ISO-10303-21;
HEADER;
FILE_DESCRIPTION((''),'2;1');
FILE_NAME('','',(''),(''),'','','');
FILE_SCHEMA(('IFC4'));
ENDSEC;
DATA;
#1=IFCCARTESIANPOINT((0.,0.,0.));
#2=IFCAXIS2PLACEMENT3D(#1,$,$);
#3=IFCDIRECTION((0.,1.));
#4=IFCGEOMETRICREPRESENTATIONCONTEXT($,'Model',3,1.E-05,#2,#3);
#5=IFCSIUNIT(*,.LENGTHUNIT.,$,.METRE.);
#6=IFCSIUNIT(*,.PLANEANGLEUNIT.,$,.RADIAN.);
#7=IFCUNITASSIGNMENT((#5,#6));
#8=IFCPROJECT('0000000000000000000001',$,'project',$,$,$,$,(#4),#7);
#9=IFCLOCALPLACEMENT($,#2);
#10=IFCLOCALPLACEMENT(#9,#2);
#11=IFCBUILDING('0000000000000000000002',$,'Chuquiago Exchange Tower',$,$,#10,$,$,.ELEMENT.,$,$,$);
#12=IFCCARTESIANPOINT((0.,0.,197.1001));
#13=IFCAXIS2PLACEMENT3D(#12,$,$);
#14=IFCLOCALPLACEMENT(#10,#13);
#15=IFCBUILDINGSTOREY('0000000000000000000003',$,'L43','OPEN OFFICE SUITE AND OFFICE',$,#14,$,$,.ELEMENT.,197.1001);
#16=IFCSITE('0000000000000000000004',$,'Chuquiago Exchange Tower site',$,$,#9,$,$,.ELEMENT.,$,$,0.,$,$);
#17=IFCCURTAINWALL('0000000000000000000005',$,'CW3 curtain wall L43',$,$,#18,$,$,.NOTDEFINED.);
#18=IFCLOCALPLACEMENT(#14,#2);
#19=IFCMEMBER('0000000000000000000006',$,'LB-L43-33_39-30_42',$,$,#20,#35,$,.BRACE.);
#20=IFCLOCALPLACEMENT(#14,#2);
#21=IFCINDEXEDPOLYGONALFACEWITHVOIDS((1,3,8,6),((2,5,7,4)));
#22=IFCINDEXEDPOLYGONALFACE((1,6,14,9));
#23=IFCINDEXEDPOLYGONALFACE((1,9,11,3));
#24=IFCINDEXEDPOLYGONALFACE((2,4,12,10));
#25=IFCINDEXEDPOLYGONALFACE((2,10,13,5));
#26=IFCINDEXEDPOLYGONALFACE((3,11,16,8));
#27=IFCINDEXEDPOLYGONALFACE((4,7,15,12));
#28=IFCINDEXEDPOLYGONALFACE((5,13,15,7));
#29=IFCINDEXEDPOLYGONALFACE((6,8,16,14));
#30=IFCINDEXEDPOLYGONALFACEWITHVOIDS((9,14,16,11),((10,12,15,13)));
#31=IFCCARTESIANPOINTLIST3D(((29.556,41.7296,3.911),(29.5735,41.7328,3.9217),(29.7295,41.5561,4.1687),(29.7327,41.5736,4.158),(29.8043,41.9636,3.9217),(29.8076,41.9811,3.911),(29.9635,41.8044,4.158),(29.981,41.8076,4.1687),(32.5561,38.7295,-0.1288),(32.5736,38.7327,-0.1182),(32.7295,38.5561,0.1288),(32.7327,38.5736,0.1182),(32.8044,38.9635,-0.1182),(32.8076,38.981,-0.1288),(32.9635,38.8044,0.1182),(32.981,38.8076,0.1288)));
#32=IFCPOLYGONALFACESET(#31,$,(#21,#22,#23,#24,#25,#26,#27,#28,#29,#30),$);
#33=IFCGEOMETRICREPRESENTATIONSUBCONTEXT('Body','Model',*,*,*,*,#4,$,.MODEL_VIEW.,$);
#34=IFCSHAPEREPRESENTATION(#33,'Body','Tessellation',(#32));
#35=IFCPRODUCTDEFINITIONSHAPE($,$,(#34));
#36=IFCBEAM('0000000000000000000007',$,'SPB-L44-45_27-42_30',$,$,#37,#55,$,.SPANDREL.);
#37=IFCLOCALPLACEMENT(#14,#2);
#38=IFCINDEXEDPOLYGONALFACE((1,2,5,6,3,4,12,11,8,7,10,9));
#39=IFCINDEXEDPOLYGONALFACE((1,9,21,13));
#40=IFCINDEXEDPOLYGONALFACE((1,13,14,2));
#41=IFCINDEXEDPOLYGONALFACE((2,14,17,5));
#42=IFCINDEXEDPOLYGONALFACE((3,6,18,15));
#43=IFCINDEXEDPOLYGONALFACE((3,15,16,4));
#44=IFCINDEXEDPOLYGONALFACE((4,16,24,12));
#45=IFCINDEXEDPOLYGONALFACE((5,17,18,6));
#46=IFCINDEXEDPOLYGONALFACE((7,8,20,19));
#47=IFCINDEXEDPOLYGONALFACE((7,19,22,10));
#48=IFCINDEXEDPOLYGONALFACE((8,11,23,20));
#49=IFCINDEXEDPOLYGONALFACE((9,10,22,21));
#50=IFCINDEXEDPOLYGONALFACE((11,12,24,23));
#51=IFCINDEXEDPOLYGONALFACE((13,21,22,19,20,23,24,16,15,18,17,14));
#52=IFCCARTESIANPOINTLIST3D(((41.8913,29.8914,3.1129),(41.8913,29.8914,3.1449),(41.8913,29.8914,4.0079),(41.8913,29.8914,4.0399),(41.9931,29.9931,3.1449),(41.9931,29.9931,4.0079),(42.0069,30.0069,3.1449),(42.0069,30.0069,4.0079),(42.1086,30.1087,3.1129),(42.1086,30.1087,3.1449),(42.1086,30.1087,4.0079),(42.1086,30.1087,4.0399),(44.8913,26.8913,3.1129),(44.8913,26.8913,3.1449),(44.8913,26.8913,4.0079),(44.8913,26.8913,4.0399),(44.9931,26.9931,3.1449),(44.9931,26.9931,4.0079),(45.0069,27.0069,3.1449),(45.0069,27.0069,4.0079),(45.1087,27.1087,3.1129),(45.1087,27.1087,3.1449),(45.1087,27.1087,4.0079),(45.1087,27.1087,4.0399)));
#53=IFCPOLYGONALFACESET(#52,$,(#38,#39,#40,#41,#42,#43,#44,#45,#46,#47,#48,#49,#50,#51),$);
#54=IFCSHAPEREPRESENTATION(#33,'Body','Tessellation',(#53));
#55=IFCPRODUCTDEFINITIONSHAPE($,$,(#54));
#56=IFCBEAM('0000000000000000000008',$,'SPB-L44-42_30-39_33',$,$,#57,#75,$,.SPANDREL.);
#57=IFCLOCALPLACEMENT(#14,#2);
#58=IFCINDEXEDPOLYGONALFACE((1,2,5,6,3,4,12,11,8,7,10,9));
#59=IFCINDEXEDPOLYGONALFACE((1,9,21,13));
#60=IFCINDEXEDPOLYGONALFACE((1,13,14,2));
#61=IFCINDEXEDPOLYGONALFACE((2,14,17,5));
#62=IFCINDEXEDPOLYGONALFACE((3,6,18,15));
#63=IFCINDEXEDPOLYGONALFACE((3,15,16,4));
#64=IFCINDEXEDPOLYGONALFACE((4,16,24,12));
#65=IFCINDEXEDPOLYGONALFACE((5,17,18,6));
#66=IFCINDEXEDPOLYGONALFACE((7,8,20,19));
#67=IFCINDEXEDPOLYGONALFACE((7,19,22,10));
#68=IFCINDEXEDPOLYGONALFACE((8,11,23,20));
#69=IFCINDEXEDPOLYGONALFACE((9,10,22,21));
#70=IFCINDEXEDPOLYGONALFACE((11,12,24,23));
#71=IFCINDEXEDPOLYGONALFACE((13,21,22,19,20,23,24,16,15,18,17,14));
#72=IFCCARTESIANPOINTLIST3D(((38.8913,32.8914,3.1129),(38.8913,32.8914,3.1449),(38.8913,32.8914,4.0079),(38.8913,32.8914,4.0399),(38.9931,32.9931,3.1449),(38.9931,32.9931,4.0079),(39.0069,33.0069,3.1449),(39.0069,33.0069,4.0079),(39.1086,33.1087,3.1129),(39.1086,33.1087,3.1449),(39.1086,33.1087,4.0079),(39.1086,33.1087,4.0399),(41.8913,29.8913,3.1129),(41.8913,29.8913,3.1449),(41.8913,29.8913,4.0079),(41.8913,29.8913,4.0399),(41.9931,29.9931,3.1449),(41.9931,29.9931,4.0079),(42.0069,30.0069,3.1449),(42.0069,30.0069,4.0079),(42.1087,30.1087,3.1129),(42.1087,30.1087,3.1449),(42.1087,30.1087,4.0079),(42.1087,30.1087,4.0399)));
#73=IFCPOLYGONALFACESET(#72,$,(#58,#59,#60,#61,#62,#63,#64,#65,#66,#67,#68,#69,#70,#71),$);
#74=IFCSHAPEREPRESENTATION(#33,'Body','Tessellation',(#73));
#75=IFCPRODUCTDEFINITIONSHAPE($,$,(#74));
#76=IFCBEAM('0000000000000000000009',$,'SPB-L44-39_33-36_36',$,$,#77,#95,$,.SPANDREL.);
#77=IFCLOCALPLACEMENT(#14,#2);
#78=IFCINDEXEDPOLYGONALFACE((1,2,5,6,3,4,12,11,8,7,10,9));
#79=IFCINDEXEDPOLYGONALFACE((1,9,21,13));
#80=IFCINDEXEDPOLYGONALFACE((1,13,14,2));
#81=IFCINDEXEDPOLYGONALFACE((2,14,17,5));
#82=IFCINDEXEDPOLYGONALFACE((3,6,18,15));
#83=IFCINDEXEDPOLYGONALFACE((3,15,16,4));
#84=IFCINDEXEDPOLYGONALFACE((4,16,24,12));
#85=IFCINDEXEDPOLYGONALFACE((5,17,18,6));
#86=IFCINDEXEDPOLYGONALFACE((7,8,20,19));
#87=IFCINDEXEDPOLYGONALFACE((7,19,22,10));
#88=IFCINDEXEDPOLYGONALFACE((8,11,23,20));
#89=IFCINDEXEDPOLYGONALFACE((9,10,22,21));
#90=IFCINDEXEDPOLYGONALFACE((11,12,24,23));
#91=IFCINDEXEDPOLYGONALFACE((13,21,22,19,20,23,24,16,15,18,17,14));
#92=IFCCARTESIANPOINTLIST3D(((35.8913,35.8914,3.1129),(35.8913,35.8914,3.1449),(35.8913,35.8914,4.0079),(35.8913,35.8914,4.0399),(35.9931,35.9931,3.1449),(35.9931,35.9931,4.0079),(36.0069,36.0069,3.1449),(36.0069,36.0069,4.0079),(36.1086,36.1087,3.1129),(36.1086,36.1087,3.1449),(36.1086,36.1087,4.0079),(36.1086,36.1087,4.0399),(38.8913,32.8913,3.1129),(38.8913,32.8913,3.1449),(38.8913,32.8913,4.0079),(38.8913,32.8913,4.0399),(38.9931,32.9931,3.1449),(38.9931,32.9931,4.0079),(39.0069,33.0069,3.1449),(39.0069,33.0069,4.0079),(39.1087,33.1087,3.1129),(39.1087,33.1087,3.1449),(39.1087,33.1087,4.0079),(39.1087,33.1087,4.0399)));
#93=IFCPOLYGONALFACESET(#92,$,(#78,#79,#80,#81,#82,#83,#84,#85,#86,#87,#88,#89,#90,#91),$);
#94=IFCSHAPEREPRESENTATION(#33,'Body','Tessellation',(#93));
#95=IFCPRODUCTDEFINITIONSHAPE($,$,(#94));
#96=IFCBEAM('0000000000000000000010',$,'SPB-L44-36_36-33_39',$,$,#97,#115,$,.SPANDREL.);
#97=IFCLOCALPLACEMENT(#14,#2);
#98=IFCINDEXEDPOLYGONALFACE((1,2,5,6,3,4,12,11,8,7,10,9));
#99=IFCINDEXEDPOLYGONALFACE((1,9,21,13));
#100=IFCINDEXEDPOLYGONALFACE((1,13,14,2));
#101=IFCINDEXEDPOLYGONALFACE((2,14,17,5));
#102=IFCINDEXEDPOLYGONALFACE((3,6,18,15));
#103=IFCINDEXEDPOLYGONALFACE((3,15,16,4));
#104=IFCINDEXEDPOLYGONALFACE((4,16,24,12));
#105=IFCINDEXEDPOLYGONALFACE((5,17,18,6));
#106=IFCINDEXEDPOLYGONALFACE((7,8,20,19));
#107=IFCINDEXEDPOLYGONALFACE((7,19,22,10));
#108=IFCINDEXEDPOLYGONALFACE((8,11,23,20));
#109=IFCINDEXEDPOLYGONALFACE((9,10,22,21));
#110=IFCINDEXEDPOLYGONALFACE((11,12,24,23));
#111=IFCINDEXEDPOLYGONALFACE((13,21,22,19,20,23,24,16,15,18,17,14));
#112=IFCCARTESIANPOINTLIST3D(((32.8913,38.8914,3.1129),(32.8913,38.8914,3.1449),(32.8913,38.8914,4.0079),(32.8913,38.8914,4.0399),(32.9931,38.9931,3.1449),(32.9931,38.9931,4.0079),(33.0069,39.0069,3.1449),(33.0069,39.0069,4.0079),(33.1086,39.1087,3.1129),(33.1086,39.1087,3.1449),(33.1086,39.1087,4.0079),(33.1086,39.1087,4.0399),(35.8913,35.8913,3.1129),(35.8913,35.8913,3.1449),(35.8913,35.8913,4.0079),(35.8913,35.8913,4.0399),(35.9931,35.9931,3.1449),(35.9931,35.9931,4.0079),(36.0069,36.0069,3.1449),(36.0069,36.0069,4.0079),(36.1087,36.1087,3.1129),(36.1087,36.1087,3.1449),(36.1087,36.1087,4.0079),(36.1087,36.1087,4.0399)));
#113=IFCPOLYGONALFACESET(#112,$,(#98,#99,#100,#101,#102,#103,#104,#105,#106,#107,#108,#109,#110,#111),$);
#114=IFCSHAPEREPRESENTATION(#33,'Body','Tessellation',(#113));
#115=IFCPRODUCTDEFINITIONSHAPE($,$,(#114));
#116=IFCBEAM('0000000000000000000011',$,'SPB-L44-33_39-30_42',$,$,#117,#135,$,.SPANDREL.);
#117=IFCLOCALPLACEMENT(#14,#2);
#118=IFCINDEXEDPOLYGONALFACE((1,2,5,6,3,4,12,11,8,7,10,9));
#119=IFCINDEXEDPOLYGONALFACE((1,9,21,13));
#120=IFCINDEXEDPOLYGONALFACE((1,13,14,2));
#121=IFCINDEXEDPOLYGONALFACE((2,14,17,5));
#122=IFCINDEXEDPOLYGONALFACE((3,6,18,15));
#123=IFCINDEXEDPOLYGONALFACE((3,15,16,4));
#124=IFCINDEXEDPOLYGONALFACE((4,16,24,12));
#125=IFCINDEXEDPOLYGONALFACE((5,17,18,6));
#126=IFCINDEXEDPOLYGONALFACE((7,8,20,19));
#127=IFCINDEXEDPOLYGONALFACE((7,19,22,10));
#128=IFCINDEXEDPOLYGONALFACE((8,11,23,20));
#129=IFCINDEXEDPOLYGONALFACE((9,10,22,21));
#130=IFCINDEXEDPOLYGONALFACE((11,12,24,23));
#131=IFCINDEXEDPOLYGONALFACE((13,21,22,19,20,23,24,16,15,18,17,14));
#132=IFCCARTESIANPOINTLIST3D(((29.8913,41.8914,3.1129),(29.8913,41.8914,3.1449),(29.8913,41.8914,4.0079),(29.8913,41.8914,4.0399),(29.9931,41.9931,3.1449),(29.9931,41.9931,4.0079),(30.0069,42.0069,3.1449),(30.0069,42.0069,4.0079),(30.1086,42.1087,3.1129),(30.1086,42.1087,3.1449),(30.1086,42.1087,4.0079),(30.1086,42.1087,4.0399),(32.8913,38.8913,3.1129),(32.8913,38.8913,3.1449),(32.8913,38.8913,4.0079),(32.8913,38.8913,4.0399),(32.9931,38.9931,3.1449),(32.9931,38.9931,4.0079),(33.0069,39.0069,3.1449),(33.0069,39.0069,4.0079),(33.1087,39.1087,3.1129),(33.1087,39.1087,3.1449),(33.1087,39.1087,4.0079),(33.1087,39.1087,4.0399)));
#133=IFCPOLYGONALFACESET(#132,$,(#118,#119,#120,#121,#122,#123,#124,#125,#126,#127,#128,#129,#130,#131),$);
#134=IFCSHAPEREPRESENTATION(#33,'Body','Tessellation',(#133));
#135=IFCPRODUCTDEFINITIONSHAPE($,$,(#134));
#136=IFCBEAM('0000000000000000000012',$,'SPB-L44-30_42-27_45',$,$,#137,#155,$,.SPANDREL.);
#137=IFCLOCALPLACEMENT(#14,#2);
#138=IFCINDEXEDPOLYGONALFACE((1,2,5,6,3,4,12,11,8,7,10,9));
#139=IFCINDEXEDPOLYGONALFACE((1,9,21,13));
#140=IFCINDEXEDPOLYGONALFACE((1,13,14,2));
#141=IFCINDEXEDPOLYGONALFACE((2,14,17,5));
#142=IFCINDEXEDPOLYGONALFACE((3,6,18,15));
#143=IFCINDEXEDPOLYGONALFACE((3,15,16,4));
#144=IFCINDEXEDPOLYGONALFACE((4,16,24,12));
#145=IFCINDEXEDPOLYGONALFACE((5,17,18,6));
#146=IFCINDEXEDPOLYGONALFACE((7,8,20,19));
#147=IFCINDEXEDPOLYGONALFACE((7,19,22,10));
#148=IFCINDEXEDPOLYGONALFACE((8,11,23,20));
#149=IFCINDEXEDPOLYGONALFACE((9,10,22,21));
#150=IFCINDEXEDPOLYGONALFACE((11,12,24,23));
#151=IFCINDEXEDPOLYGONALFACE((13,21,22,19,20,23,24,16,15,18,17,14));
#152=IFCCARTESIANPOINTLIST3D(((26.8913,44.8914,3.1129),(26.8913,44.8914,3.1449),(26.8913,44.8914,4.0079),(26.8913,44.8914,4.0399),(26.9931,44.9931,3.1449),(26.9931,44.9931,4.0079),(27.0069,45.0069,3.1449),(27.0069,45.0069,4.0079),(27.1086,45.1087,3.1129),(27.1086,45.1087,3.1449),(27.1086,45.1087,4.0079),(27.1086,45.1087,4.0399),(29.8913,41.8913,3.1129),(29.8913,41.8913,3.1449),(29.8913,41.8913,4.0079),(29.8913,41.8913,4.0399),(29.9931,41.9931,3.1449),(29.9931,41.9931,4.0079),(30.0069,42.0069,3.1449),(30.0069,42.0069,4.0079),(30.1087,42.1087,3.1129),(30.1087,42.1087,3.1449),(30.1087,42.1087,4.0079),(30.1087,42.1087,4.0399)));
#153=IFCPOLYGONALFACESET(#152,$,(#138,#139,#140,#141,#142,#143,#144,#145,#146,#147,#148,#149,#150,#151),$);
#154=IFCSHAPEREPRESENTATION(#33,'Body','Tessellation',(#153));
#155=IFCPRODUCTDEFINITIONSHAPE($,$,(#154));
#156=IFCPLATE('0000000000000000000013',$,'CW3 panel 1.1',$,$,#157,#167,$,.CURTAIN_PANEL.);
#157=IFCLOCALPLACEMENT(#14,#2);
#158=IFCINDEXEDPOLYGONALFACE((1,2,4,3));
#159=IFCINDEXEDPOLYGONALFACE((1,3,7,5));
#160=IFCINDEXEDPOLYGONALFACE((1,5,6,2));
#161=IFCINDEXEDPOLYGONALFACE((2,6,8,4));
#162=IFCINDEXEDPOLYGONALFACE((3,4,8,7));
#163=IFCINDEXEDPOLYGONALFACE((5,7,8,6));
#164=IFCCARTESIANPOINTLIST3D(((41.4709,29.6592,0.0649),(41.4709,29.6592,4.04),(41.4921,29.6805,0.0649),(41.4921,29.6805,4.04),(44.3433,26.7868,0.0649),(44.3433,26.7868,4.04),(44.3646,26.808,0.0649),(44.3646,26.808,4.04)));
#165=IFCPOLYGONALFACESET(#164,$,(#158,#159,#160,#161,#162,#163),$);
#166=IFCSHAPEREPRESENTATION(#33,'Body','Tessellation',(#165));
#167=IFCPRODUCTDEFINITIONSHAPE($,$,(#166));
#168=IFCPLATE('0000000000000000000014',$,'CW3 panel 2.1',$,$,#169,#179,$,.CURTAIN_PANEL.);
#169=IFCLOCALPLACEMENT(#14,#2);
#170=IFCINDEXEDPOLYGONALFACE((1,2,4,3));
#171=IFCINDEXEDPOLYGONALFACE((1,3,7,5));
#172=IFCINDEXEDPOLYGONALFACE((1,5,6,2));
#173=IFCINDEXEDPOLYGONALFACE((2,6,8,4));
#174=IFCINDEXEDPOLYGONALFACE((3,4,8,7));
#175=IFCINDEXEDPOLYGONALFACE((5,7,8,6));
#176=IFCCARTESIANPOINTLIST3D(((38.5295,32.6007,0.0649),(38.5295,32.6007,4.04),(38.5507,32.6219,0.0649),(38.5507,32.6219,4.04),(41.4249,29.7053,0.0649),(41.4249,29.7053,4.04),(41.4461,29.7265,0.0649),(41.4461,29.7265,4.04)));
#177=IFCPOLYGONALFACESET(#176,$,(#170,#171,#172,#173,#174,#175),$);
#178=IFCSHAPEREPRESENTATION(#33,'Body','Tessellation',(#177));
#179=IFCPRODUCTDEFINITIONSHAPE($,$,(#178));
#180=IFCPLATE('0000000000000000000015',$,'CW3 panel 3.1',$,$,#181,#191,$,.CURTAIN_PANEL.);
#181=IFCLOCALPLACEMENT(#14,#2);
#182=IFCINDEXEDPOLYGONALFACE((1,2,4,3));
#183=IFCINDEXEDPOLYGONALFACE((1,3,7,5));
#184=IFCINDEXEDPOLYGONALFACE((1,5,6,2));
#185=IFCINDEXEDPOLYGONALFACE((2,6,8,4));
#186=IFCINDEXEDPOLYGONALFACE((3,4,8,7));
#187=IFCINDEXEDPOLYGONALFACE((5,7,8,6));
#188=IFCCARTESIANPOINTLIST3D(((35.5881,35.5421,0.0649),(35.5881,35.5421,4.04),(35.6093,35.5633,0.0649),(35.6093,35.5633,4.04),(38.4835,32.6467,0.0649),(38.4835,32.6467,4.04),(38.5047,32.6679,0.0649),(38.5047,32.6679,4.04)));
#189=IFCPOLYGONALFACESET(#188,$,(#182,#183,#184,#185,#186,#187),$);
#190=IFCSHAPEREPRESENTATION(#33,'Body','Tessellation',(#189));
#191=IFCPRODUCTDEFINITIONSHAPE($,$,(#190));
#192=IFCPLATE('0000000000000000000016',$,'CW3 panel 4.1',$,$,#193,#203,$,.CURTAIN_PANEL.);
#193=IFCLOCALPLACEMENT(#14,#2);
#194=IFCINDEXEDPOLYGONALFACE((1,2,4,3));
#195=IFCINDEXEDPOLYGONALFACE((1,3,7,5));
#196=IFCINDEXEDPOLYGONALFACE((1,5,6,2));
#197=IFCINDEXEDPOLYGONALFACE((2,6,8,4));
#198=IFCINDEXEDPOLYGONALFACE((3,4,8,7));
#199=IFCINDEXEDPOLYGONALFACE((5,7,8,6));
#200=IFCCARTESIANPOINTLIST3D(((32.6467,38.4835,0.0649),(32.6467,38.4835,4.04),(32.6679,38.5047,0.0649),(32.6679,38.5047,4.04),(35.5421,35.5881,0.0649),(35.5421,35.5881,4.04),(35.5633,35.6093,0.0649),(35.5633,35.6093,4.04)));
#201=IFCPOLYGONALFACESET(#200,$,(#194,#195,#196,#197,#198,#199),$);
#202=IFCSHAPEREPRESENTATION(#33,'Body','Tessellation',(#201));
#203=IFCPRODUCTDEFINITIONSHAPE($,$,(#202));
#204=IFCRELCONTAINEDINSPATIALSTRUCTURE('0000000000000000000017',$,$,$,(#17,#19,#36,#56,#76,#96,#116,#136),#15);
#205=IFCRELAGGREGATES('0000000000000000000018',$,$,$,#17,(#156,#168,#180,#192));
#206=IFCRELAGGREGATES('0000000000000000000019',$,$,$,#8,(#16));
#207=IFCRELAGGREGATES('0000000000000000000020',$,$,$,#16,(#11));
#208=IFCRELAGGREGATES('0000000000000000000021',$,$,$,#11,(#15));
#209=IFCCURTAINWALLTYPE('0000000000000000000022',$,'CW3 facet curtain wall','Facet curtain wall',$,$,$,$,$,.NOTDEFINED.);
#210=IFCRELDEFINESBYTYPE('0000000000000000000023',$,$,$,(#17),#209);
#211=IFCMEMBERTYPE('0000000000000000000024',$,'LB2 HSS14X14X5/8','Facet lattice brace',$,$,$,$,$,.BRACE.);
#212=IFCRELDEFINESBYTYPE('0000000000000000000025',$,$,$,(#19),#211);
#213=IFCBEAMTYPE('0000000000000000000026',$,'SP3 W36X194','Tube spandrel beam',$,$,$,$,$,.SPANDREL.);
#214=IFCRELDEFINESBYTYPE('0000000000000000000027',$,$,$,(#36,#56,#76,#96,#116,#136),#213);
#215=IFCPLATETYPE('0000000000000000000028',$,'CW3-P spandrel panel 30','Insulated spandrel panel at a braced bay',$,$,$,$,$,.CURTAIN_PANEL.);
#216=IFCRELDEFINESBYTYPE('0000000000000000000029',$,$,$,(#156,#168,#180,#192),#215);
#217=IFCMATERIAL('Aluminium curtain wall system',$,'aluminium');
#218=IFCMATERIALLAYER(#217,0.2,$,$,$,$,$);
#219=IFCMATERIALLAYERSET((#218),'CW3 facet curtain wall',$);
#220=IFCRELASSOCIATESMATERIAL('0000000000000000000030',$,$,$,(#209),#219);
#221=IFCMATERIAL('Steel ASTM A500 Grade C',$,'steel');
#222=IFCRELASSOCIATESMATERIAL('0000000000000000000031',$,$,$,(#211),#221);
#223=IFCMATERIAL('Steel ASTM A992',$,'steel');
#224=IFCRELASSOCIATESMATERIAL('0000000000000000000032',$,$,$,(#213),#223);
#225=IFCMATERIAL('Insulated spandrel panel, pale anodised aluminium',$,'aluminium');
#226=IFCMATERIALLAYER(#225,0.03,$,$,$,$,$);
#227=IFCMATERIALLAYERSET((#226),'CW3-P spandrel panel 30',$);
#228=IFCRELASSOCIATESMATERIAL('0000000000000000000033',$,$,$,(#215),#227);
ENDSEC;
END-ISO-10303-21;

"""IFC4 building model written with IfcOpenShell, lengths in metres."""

from ifc_helpers import new_model, si_unit, direction, frame, origin, origin_2d, place, context, subcontext, project, spatial, rectangle, hollow_rectangle, i_section, extrude, material, layer, layer_set, material_profile, profile_set, type_object, element, aggregate, save


model = new_model("IFC4")

# Units and contexts
model_context = context("Model", 3, precision=1e-05, world=origin(), true_north=direction((0.0, 1.0)))
body_context = subcontext(model_context, "Body", "Model", "MODEL_VIEW")
ifc_project = project(units=[si_unit("LENGTHUNIT", "METRE"), si_unit("PLANEANGLEUNIT", "RADIAN")], contexts=[model_context])

# Site, building, storey
site_placement = place(None, origin())
site = spatial("IfcSite", under=ifc_project, at=site_placement, Name="Chuquiago Exchange Tower site", CompositionType="ELEMENT", RefElevation=0.0)
building_placement = place(site_placement, origin())
building = spatial("IfcBuilding", under=site, at=building_placement, Name="Chuquiago Exchange Tower", CompositionType="ELEMENT")
storey_placement = place(building_placement, frame((0.0, 0.0, 197.1001)))
storey = spatial("IfcBuildingStorey", under=building, at=storey_placement, Name="L43", Description="OPEN OFFICE SUITE AND OFFICE", CompositionType="ELEMENT", Elevation=197.1001)

# Curtain wall
ifc_material_1 = material(Name="Aluminium curtain wall system", Category="aluminium")
ifc_layer_1 = layer(ifc_material_1, 0.2)
ifc_layer_set_1 = layer_set([ifc_layer_1], Name="CW3 facet curtain wall")
curtain_wall_type = type_object("IfcCurtainWallType", Name="CW3 facet curtain wall", Description="Facet curtain wall", PredefinedType="NOTDEFINED", material=ifc_layer_set_1)
curtain_wall_placement = place(storey_placement, origin())
curtain_wall = element("IfcCurtainWall", 1, at=curtain_wall_placement, inside=storey, type_object=curtain_wall_type, Name="CW3 curtain wall L43", PredefinedType="NOTDEFINED")

# Member
ifc_material_2 = material(Name="Steel ASTM A500 Grade C", Category="steel")
ifc_material_profile_1 = material_profile(ifc_material_2, hollow_rectangle(XDim=0.3557, YDim=0.3557, WallThickness=0.0146, at=origin_2d()), Name="HSS14X14X5/8")
ifc_profile_set_1 = profile_set([ifc_material_profile_1], Name="Steel ASTM A500 Grade C")
member_type_1 = type_object("IfcMemberType", Name="LB2 HSS14X14X5/8", Description="Facet lattice brace", PredefinedType="BRACE", material=ifc_profile_set_1)
for number, where, z_axis, x_axis, name in (
    (2, (32.7686, 38.7686, 0.0), (-0.512092, 0.512092, 0.689582), (-0.707107, -0.707107, 0.0), "LB-L43-33_39-30_42"),
):
    element("IfcMember", number, at=place(storey_placement, frame(where, z_axis=z_axis, x_axis=x_axis)), inside=storey, type_object=member_type_1, Name=name, PredefinedType="BRACE", context=body_context, shape_type="SweptSolid", body=[
        extrude(hollow_rectangle(XDim=0.3557, YDim=0.3557, WallThickness=0.0146, at=origin_2d()), origin(), (0.0, 0.0, 1.0), 5.8584),
    ])

# Beams
ifc_material_3 = material(Name="Steel ASTM A992", Category="steel")
ifc_material_profile_2 = material_profile(ifc_material_3, i_section(OverallWidth=0.3074, OverallDepth=0.927, WebThickness=0.0195, FlangeThickness=0.032, at=origin_2d()), Name="W36X194")
ifc_profile_set_2 = profile_set([ifc_material_profile_2], Name="Steel ASTM A992")
beam_type_1 = type_object("IfcBeamType", Name="SP3 W36X194", Description="Tube spandrel beam", PredefinedType="SPANDREL", material=ifc_profile_set_2)
for number, where, z_axis, x_axis, name in (
    (3, (45.0, 27.0, 3.5764), (-0.707107, 0.707107, 0.0), (-0.707107, -0.707107, 0.0), "SPB-L44-45_27-42_30"),
    (4, (42.0, 30.0, 3.5764), (-0.707107, 0.707107, 0.0), (-0.707107, -0.707107, 0.0), "SPB-L44-42_30-39_33"),
    (5, (39.0, 33.0, 3.5764), (-0.707107, 0.707107, 0.0), (-0.707107, -0.707107, 0.0), "SPB-L44-39_33-36_36"),
    (6, (36.0, 36.0, 3.5764), (-0.707107, 0.707107, 0.0), (-0.707107, -0.707107, 0.0), "SPB-L44-36_36-33_39"),
    (7, (33.0, 39.0, 3.5764), (-0.707107, 0.707107, 0.0), (-0.707107, -0.707107, 0.0), "SPB-L44-33_39-30_42"),
    (8, (30.0, 42.0, 3.5764), (-0.707107, 0.707107, 0.0), (-0.707107, -0.707107, 0.0), "SPB-L44-30_42-27_45"),
):
    element("IfcBeam", number, at=place(storey_placement, frame(where, z_axis=z_axis, x_axis=x_axis)), inside=storey, type_object=beam_type_1, Name=name, PredefinedType="SPANDREL", context=body_context, shape_type="SweptSolid", body=[
        extrude(i_section(OverallWidth=0.3074, OverallDepth=0.927, WebThickness=0.0195, FlangeThickness=0.032, at=origin_2d()), origin(), (0.0, 0.0, 1.0), 4.2427),
    ])

# Plates
ifc_material_4 = material(Name="Insulated spandrel panel, pale anodised aluminium", Category="aluminium")
ifc_layer_2 = layer(ifc_material_4, 0.03)
ifc_layer_set_2 = layer_set([ifc_layer_2], Name="CW3-P spandrel panel 30")
plate_type = type_object("IfcPlateType", Name="CW3-P spandrel panel 30", Description="Insulated spandrel panel at a braced bay", PredefinedType="CURTAIN_PANEL", material=ifc_layer_set_2)
plate_1_placement = place(storey_placement, frame((42.9177, 28.2336, 0.0649), z_axis=(0.0, 0.0, 1.0), x_axis=(-0.707107, 0.707107, 0.0)))
plate_1 = element("IfcPlate", 9, at=plate_1_placement, type_object=plate_type, Name="CW3 panel 1.1", PredefinedType="CURTAIN_PANEL", context=body_context, shape_type="SweptSolid", body=[
    extrude(rectangle(XDim=4.0623, YDim=0.03, at=origin_2d()), origin(), (0.0, 0.0, 1.0), 3.9751),
])
plate_2_placement = place(storey_placement, frame((39.9878, 31.1636, 0.0649), z_axis=(0.0, 0.0, 1.0), x_axis=(-0.707107, 0.707107, 0.0)))
plate_2 = element("IfcPlate", 10, at=plate_2_placement, type_object=plate_type, Name="CW3 panel 2.1", PredefinedType="CURTAIN_PANEL", context=body_context, shape_type="SweptSolid", body=[
    extrude(rectangle(XDim=4.0947, YDim=0.03, at=origin_2d()), origin(), (0.0, 0.0, 1.0), 3.9751),
])
plate_3_placement = place(storey_placement, frame((37.0464, 34.105, 0.0649), z_axis=(0.0, 0.0, 1.0), x_axis=(-0.707107, 0.707107, 0.0)))
plate_3 = element("IfcPlate", 11, at=plate_3_placement, type_object=plate_type, Name="CW3 panel 3.1", PredefinedType="CURTAIN_PANEL", context=body_context, shape_type="SweptSolid", body=[
    extrude(rectangle(XDim=4.0947, YDim=0.03, at=origin_2d()), origin(), (0.0, 0.0, 1.0), 3.9751),
])
plate_4_placement = place(storey_placement, frame((34.105, 37.0464, 0.0649), z_axis=(0.0, 0.0, 1.0), x_axis=(-0.707107, 0.707107, 0.0)))
plate_4 = element("IfcPlate", 12, at=plate_4_placement, type_object=plate_type, Name="CW3 panel 4.1", PredefinedType="CURTAIN_PANEL", context=body_context, shape_type="SweptSolid", body=[
    extrude(rectangle(XDim=4.0947, YDim=0.03, at=origin_2d()), origin(), (0.0, 0.0, 1.0), 3.9751),
])
aggregate(curtain_wall, [plate_1, plate_2, plate_3, plate_4])

save(model, "model.ifc")
